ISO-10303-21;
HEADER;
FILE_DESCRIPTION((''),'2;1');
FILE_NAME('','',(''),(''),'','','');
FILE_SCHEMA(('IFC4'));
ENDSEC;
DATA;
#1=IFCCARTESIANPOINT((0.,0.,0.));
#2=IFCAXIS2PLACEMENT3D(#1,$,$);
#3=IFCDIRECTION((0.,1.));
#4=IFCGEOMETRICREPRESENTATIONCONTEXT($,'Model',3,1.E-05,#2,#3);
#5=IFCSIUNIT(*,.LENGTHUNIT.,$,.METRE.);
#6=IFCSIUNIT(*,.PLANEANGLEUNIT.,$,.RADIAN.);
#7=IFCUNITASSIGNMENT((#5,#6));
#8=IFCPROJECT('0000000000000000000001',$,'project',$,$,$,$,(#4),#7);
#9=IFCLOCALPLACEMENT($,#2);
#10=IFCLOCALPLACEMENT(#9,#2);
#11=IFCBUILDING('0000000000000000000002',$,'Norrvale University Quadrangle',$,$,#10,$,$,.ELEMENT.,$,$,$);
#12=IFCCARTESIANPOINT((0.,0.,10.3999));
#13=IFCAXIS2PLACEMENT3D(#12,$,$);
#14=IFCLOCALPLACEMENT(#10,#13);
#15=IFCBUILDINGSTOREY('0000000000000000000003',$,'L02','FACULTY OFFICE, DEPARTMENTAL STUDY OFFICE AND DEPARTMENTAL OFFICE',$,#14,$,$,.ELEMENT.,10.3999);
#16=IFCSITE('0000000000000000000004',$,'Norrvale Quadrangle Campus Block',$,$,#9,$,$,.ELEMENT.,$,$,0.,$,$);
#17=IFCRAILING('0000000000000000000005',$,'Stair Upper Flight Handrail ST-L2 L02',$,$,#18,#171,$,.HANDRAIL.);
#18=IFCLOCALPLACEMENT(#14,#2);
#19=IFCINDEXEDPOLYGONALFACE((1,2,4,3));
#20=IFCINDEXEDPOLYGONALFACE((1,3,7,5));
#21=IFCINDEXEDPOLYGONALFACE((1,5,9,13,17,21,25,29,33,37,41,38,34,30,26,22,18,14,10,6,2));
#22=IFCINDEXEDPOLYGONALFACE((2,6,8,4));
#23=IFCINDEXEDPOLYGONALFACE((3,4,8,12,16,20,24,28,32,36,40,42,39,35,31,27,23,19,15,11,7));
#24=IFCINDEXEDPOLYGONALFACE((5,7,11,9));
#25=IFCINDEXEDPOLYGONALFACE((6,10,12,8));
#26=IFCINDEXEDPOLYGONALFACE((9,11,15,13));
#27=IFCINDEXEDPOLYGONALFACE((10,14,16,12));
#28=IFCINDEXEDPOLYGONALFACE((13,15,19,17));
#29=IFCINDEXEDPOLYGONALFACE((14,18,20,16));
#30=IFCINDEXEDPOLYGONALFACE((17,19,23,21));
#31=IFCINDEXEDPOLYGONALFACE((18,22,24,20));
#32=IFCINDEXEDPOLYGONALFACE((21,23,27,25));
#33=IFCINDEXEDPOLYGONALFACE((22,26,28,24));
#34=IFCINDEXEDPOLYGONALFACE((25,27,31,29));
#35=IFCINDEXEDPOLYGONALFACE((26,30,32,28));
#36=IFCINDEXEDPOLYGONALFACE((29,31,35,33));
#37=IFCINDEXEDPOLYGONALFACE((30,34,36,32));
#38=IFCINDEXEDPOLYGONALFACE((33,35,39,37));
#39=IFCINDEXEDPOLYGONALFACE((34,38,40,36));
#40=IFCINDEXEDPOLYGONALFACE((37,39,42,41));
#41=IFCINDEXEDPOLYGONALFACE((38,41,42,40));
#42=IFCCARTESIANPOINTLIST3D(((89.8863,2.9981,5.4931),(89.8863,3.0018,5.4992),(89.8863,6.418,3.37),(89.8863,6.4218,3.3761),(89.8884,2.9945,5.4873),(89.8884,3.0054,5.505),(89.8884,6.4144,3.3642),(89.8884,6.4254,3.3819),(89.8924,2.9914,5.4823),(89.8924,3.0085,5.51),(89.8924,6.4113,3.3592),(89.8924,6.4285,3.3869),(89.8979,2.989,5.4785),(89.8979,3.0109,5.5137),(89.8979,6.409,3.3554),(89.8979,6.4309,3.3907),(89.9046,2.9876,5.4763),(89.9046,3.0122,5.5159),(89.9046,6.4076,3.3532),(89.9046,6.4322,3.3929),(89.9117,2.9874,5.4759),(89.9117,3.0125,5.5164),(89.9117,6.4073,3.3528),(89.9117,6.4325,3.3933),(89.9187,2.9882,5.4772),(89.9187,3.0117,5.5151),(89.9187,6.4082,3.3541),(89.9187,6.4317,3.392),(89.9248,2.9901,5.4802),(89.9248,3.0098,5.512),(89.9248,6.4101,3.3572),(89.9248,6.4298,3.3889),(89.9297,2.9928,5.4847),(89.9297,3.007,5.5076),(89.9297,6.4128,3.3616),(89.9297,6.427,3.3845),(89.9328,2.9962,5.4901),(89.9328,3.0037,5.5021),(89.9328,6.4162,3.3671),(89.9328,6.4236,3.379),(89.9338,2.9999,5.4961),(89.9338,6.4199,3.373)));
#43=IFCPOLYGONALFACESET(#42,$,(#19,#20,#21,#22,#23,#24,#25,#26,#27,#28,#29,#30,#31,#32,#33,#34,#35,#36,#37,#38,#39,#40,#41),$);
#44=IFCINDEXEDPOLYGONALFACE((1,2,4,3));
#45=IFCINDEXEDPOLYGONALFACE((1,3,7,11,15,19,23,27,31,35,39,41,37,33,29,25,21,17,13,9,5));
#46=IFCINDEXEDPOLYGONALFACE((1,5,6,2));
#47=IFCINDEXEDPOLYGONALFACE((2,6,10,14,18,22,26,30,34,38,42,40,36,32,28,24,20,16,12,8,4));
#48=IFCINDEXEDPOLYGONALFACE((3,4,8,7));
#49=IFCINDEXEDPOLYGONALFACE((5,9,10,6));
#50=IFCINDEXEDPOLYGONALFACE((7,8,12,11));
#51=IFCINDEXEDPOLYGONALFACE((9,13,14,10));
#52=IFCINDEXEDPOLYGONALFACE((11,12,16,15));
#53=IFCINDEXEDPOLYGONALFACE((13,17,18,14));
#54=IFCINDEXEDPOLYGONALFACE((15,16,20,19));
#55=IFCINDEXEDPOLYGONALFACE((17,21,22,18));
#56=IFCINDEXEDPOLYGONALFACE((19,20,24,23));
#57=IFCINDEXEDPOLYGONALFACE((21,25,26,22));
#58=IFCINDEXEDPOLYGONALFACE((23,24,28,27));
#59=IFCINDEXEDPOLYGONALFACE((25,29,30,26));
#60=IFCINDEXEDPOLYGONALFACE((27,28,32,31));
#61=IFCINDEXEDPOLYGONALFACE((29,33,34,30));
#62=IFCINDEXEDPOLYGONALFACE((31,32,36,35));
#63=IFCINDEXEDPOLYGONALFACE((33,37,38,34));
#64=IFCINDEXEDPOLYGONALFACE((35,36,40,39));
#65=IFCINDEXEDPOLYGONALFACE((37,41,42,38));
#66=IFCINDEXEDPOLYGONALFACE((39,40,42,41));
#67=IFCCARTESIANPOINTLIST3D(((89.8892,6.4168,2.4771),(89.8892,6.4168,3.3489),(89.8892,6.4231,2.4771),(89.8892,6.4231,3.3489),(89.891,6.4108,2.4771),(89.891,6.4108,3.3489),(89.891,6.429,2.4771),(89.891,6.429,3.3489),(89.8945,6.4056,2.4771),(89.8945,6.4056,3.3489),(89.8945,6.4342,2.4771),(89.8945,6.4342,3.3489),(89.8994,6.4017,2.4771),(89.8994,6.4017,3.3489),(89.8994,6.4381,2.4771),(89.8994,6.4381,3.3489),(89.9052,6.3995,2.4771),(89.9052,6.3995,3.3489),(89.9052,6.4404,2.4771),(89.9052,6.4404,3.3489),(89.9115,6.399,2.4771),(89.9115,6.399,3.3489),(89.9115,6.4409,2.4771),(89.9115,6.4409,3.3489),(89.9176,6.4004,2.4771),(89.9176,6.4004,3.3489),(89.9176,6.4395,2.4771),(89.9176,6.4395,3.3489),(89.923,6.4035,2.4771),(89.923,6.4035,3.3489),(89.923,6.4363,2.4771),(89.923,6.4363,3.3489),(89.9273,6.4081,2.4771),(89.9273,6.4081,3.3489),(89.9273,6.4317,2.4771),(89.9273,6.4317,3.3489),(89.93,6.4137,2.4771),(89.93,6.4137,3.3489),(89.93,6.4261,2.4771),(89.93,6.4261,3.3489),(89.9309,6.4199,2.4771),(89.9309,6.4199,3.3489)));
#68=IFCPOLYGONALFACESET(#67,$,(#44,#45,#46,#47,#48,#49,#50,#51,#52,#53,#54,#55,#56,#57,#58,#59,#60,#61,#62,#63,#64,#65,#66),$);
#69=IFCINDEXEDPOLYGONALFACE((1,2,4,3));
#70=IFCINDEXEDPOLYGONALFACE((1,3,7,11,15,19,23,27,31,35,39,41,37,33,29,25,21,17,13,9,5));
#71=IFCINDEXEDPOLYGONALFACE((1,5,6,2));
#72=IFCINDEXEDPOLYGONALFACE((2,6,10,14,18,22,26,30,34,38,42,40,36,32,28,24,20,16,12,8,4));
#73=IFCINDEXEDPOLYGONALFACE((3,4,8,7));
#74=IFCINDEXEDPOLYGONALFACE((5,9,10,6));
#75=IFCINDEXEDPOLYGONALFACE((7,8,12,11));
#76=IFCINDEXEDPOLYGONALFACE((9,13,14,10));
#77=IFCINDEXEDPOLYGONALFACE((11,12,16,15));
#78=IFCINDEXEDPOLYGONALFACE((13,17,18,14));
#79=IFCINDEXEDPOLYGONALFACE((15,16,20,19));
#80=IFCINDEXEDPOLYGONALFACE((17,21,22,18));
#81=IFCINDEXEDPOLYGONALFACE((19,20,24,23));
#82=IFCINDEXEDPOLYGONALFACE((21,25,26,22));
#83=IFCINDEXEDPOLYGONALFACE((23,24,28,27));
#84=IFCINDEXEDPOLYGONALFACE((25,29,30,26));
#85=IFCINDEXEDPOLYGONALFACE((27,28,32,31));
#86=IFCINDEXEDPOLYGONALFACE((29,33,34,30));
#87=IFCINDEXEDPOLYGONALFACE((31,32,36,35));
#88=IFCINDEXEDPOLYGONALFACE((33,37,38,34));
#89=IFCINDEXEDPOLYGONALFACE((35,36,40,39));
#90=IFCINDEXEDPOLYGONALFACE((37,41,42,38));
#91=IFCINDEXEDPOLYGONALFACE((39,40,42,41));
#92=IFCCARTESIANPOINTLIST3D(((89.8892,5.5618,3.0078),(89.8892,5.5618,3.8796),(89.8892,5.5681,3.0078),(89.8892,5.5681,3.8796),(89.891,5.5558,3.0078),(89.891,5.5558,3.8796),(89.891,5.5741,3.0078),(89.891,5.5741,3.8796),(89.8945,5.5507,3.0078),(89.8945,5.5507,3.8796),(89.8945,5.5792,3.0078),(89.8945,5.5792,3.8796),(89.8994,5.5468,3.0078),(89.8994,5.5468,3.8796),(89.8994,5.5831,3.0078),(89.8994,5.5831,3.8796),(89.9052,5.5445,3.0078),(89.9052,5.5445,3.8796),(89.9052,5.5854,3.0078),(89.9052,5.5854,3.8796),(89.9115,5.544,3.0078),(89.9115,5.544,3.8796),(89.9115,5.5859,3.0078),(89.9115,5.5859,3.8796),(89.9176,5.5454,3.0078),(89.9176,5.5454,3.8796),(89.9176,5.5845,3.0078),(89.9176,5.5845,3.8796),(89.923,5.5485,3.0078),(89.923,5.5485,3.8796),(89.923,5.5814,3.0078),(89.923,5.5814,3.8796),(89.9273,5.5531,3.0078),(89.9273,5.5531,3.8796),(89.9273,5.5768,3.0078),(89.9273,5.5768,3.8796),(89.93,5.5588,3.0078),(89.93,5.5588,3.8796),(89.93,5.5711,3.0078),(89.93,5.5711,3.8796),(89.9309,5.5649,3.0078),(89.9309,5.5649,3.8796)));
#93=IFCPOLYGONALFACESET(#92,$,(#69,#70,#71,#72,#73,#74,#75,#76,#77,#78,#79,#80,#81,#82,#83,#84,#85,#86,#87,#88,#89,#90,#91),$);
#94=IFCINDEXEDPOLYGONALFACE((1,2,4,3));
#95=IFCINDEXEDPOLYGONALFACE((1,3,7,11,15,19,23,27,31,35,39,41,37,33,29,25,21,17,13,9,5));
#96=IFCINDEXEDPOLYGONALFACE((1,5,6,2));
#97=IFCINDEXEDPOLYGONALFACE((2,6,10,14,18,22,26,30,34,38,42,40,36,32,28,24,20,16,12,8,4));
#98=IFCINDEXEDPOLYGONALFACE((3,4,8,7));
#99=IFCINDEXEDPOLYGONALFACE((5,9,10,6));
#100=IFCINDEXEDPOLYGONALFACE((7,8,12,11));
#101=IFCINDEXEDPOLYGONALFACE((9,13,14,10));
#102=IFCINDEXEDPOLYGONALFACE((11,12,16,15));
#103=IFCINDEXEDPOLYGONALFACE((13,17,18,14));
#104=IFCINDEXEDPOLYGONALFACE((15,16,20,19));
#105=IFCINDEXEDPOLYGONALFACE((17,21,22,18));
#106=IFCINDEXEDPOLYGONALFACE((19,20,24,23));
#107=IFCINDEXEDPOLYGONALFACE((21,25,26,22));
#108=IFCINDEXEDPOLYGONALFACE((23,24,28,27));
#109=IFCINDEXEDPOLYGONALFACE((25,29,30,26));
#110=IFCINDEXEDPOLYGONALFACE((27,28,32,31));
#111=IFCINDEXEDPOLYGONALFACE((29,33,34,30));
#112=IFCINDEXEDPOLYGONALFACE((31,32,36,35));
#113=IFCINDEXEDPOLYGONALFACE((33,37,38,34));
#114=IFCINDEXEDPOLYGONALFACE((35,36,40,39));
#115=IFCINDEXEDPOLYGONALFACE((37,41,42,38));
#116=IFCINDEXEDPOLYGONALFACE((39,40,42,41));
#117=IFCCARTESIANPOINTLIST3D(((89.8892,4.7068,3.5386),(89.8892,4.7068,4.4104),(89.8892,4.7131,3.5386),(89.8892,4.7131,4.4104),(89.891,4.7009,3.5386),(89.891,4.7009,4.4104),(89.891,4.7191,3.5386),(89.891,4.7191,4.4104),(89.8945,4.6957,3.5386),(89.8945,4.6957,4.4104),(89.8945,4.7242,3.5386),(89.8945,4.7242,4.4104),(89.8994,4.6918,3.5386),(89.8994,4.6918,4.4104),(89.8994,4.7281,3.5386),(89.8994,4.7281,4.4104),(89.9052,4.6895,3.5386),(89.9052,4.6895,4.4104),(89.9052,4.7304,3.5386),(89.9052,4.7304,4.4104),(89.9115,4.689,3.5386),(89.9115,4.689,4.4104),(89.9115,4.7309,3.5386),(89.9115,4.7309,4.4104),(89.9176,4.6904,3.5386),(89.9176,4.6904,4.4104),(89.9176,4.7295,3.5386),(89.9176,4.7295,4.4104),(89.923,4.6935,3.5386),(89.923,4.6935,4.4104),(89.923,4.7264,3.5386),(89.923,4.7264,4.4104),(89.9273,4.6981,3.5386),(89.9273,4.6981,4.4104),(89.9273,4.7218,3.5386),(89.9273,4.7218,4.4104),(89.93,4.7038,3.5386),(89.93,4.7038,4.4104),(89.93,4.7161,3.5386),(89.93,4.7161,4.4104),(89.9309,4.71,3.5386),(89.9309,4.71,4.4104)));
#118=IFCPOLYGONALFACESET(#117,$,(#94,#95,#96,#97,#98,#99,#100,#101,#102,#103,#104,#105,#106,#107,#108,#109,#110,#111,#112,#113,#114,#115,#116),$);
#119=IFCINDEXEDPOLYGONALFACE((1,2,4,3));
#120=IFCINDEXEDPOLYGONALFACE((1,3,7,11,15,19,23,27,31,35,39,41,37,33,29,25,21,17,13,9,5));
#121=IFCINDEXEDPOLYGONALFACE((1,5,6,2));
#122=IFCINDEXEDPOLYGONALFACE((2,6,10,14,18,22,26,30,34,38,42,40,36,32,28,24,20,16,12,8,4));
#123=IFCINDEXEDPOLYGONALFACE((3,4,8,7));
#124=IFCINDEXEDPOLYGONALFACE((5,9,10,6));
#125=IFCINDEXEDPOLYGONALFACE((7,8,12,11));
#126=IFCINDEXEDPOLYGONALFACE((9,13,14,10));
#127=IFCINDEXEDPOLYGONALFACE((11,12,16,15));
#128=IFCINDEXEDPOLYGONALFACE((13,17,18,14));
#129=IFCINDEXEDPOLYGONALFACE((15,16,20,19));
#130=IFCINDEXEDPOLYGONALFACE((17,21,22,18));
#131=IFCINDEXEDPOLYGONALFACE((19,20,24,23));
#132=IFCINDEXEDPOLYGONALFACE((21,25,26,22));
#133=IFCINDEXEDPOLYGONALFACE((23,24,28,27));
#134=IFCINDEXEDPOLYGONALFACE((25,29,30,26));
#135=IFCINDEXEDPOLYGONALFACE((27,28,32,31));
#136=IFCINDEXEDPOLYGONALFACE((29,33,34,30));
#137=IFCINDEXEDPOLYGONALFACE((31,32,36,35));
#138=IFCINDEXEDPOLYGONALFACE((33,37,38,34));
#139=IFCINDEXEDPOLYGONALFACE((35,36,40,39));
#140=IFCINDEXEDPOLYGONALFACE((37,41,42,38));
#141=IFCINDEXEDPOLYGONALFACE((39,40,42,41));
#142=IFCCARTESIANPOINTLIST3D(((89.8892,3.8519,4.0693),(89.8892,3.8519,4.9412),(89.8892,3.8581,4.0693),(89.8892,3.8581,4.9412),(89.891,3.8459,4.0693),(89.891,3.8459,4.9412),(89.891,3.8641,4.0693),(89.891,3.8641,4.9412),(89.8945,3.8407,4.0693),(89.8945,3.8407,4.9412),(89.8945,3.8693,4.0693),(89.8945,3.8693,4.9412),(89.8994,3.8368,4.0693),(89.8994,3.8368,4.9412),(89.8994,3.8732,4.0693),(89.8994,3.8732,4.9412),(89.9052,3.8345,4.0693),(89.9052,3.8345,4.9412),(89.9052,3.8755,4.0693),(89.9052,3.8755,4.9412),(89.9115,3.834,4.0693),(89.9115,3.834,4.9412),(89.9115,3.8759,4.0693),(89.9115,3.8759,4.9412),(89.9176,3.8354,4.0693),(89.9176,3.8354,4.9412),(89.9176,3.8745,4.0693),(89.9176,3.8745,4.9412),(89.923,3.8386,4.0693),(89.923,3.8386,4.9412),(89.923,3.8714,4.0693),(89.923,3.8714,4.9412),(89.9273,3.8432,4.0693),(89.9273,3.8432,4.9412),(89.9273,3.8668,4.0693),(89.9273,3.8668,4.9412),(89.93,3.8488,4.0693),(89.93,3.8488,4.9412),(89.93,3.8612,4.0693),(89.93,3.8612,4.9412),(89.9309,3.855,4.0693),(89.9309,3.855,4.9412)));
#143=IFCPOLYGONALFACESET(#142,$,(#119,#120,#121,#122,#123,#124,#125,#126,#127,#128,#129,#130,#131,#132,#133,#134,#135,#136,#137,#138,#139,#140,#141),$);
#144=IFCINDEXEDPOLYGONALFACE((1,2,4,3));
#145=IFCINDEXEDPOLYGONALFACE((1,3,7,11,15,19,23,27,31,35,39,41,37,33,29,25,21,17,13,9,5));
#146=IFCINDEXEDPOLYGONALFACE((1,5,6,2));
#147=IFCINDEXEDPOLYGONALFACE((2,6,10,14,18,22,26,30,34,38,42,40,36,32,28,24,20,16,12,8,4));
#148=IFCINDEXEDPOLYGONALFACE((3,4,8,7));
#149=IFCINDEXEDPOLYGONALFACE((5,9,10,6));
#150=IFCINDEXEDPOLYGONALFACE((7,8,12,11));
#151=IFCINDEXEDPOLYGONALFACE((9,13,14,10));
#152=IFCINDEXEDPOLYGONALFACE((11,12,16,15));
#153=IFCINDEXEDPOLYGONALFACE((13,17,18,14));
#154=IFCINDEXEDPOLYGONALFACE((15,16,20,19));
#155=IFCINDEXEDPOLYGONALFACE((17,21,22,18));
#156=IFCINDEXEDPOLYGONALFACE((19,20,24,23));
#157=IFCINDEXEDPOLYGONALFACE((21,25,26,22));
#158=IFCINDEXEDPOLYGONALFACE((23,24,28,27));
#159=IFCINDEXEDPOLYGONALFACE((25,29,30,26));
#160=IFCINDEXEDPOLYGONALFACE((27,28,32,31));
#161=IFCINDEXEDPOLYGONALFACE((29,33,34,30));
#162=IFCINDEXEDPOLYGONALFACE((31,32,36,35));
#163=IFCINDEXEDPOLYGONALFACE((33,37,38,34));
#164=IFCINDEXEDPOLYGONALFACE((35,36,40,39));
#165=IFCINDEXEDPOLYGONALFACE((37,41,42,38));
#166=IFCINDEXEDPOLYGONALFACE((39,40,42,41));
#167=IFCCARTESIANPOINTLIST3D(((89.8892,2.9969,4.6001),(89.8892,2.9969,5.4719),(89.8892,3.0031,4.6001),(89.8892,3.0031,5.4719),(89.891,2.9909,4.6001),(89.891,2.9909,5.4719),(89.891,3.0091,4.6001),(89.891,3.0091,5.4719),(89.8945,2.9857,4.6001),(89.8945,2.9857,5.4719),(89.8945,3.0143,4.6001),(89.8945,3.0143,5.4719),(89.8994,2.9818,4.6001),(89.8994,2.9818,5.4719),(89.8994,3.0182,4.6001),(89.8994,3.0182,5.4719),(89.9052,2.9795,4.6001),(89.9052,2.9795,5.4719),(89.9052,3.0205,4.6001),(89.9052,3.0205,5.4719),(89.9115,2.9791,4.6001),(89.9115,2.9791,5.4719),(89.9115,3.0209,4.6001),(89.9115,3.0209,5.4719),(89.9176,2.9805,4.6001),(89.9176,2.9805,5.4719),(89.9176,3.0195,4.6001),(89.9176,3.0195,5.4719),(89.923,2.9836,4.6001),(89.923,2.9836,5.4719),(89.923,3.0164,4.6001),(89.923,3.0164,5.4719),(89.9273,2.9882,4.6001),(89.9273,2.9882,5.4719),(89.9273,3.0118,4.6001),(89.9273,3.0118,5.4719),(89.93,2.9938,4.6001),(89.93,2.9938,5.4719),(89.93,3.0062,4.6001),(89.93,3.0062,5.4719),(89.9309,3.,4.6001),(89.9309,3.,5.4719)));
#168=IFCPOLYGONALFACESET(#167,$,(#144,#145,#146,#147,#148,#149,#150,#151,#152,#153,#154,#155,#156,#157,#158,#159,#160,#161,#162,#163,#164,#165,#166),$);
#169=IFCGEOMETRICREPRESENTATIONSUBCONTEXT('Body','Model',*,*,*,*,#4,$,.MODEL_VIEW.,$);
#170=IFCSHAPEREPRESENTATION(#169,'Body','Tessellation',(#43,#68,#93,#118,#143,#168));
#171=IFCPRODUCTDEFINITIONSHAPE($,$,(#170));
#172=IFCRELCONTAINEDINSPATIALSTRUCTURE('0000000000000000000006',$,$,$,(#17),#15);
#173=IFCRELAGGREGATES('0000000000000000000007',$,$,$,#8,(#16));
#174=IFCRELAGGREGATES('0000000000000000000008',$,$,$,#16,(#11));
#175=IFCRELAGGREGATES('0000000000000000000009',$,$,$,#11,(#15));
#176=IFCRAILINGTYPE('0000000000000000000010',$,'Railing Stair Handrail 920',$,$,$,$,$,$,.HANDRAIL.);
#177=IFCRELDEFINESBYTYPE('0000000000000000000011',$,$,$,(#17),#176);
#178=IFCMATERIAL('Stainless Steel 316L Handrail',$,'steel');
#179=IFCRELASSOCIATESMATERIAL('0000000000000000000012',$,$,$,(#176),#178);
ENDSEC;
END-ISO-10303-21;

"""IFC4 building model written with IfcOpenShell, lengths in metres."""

from ifc_helpers import new_model, si_unit, direction, frame, origin, origin_2d, place, context, subcontext, project, spatial, circle, extrude, material, type_object, element, save


model = new_model("IFC4")

# Units and contexts
model_context = context("Model", 3, precision=1e-05, world=origin(), true_north=direction((0.0, 1.0)))
body_context = subcontext(model_context, "Body", "Model", "MODEL_VIEW")
ifc_project = project(units=[si_unit("LENGTHUNIT", "METRE"), si_unit("PLANEANGLEUNIT", "RADIAN")], contexts=[model_context])

# Site, building, storey
site_placement = place(None, origin())
site = spatial("IfcSite", under=ifc_project, at=site_placement, Name="Norrvale Quadrangle Campus Block", CompositionType="ELEMENT", RefElevation=0.0)
building_placement = place(site_placement, origin())
building = spatial("IfcBuilding", under=site, at=building_placement, Name="Norrvale University Quadrangle", CompositionType="ELEMENT")
storey_placement = place(building_placement, frame((0.0, 0.0, 10.3999)))
storey = spatial("IfcBuildingStorey", under=building, at=storey_placement, Name="L02", Description="FACULTY OFFICE, DEPARTMENTAL STUDY OFFICE AND DEPARTMENTAL OFFICE", CompositionType="ELEMENT", Elevation=10.3999)

# Railing
ifc_material_1 = material(Name="Stainless Steel 316L Handrail", Category="steel")
railing_type_1 = type_object("IfcRailingType", Name="Railing Stair Handrail 920", PredefinedType="HANDRAIL", material=ifc_material_1)
railing_1_placement = place(storey_placement, frame((89.9099, 6.4199, 2.4771)))
element("IfcRailing", 1, at=railing_1_placement, inside=storey, type_object=railing_type_1, Name="Stair Upper Flight Handrail ST-L2 L02", PredefinedType="HANDRAIL", context=body_context, shape_type="SweptSolid", body=[
    extrude(circle(Radius=0.0239, at=origin_2d()), frame((0.0, 0.0, 0.896), z_axis=(0.0, -0.849603, 0.527423), x_axis=(1.0, 0.0, 0.0)), (0.0, 0.0, 1.0), 4.0254),
    extrude(circle(Radius=0.021, at=origin_2d()), origin(), (0.0, 0.0, 1.0), 0.8718),
    extrude(circle(Radius=0.021, at=origin_2d()), frame((0.0, -0.855, 0.5308)), (0.0, 0.0, 1.0), 0.8718),
    extrude(circle(Radius=0.021, at=origin_2d()), frame((0.0, -1.71, 1.0615)), (0.0, 0.0, 1.0), 0.8718),
    extrude(circle(Radius=0.021, at=origin_2d()), frame((0.0, -2.5649, 1.5923)), (0.0, 0.0, 1.0), 0.8718),
    extrude(circle(Radius=0.021, at=origin_2d()), frame((0.0, -3.4199, 2.123)), (0.0, 0.0, 1.0), 0.8718),
])

save(model, "model.ifc")
